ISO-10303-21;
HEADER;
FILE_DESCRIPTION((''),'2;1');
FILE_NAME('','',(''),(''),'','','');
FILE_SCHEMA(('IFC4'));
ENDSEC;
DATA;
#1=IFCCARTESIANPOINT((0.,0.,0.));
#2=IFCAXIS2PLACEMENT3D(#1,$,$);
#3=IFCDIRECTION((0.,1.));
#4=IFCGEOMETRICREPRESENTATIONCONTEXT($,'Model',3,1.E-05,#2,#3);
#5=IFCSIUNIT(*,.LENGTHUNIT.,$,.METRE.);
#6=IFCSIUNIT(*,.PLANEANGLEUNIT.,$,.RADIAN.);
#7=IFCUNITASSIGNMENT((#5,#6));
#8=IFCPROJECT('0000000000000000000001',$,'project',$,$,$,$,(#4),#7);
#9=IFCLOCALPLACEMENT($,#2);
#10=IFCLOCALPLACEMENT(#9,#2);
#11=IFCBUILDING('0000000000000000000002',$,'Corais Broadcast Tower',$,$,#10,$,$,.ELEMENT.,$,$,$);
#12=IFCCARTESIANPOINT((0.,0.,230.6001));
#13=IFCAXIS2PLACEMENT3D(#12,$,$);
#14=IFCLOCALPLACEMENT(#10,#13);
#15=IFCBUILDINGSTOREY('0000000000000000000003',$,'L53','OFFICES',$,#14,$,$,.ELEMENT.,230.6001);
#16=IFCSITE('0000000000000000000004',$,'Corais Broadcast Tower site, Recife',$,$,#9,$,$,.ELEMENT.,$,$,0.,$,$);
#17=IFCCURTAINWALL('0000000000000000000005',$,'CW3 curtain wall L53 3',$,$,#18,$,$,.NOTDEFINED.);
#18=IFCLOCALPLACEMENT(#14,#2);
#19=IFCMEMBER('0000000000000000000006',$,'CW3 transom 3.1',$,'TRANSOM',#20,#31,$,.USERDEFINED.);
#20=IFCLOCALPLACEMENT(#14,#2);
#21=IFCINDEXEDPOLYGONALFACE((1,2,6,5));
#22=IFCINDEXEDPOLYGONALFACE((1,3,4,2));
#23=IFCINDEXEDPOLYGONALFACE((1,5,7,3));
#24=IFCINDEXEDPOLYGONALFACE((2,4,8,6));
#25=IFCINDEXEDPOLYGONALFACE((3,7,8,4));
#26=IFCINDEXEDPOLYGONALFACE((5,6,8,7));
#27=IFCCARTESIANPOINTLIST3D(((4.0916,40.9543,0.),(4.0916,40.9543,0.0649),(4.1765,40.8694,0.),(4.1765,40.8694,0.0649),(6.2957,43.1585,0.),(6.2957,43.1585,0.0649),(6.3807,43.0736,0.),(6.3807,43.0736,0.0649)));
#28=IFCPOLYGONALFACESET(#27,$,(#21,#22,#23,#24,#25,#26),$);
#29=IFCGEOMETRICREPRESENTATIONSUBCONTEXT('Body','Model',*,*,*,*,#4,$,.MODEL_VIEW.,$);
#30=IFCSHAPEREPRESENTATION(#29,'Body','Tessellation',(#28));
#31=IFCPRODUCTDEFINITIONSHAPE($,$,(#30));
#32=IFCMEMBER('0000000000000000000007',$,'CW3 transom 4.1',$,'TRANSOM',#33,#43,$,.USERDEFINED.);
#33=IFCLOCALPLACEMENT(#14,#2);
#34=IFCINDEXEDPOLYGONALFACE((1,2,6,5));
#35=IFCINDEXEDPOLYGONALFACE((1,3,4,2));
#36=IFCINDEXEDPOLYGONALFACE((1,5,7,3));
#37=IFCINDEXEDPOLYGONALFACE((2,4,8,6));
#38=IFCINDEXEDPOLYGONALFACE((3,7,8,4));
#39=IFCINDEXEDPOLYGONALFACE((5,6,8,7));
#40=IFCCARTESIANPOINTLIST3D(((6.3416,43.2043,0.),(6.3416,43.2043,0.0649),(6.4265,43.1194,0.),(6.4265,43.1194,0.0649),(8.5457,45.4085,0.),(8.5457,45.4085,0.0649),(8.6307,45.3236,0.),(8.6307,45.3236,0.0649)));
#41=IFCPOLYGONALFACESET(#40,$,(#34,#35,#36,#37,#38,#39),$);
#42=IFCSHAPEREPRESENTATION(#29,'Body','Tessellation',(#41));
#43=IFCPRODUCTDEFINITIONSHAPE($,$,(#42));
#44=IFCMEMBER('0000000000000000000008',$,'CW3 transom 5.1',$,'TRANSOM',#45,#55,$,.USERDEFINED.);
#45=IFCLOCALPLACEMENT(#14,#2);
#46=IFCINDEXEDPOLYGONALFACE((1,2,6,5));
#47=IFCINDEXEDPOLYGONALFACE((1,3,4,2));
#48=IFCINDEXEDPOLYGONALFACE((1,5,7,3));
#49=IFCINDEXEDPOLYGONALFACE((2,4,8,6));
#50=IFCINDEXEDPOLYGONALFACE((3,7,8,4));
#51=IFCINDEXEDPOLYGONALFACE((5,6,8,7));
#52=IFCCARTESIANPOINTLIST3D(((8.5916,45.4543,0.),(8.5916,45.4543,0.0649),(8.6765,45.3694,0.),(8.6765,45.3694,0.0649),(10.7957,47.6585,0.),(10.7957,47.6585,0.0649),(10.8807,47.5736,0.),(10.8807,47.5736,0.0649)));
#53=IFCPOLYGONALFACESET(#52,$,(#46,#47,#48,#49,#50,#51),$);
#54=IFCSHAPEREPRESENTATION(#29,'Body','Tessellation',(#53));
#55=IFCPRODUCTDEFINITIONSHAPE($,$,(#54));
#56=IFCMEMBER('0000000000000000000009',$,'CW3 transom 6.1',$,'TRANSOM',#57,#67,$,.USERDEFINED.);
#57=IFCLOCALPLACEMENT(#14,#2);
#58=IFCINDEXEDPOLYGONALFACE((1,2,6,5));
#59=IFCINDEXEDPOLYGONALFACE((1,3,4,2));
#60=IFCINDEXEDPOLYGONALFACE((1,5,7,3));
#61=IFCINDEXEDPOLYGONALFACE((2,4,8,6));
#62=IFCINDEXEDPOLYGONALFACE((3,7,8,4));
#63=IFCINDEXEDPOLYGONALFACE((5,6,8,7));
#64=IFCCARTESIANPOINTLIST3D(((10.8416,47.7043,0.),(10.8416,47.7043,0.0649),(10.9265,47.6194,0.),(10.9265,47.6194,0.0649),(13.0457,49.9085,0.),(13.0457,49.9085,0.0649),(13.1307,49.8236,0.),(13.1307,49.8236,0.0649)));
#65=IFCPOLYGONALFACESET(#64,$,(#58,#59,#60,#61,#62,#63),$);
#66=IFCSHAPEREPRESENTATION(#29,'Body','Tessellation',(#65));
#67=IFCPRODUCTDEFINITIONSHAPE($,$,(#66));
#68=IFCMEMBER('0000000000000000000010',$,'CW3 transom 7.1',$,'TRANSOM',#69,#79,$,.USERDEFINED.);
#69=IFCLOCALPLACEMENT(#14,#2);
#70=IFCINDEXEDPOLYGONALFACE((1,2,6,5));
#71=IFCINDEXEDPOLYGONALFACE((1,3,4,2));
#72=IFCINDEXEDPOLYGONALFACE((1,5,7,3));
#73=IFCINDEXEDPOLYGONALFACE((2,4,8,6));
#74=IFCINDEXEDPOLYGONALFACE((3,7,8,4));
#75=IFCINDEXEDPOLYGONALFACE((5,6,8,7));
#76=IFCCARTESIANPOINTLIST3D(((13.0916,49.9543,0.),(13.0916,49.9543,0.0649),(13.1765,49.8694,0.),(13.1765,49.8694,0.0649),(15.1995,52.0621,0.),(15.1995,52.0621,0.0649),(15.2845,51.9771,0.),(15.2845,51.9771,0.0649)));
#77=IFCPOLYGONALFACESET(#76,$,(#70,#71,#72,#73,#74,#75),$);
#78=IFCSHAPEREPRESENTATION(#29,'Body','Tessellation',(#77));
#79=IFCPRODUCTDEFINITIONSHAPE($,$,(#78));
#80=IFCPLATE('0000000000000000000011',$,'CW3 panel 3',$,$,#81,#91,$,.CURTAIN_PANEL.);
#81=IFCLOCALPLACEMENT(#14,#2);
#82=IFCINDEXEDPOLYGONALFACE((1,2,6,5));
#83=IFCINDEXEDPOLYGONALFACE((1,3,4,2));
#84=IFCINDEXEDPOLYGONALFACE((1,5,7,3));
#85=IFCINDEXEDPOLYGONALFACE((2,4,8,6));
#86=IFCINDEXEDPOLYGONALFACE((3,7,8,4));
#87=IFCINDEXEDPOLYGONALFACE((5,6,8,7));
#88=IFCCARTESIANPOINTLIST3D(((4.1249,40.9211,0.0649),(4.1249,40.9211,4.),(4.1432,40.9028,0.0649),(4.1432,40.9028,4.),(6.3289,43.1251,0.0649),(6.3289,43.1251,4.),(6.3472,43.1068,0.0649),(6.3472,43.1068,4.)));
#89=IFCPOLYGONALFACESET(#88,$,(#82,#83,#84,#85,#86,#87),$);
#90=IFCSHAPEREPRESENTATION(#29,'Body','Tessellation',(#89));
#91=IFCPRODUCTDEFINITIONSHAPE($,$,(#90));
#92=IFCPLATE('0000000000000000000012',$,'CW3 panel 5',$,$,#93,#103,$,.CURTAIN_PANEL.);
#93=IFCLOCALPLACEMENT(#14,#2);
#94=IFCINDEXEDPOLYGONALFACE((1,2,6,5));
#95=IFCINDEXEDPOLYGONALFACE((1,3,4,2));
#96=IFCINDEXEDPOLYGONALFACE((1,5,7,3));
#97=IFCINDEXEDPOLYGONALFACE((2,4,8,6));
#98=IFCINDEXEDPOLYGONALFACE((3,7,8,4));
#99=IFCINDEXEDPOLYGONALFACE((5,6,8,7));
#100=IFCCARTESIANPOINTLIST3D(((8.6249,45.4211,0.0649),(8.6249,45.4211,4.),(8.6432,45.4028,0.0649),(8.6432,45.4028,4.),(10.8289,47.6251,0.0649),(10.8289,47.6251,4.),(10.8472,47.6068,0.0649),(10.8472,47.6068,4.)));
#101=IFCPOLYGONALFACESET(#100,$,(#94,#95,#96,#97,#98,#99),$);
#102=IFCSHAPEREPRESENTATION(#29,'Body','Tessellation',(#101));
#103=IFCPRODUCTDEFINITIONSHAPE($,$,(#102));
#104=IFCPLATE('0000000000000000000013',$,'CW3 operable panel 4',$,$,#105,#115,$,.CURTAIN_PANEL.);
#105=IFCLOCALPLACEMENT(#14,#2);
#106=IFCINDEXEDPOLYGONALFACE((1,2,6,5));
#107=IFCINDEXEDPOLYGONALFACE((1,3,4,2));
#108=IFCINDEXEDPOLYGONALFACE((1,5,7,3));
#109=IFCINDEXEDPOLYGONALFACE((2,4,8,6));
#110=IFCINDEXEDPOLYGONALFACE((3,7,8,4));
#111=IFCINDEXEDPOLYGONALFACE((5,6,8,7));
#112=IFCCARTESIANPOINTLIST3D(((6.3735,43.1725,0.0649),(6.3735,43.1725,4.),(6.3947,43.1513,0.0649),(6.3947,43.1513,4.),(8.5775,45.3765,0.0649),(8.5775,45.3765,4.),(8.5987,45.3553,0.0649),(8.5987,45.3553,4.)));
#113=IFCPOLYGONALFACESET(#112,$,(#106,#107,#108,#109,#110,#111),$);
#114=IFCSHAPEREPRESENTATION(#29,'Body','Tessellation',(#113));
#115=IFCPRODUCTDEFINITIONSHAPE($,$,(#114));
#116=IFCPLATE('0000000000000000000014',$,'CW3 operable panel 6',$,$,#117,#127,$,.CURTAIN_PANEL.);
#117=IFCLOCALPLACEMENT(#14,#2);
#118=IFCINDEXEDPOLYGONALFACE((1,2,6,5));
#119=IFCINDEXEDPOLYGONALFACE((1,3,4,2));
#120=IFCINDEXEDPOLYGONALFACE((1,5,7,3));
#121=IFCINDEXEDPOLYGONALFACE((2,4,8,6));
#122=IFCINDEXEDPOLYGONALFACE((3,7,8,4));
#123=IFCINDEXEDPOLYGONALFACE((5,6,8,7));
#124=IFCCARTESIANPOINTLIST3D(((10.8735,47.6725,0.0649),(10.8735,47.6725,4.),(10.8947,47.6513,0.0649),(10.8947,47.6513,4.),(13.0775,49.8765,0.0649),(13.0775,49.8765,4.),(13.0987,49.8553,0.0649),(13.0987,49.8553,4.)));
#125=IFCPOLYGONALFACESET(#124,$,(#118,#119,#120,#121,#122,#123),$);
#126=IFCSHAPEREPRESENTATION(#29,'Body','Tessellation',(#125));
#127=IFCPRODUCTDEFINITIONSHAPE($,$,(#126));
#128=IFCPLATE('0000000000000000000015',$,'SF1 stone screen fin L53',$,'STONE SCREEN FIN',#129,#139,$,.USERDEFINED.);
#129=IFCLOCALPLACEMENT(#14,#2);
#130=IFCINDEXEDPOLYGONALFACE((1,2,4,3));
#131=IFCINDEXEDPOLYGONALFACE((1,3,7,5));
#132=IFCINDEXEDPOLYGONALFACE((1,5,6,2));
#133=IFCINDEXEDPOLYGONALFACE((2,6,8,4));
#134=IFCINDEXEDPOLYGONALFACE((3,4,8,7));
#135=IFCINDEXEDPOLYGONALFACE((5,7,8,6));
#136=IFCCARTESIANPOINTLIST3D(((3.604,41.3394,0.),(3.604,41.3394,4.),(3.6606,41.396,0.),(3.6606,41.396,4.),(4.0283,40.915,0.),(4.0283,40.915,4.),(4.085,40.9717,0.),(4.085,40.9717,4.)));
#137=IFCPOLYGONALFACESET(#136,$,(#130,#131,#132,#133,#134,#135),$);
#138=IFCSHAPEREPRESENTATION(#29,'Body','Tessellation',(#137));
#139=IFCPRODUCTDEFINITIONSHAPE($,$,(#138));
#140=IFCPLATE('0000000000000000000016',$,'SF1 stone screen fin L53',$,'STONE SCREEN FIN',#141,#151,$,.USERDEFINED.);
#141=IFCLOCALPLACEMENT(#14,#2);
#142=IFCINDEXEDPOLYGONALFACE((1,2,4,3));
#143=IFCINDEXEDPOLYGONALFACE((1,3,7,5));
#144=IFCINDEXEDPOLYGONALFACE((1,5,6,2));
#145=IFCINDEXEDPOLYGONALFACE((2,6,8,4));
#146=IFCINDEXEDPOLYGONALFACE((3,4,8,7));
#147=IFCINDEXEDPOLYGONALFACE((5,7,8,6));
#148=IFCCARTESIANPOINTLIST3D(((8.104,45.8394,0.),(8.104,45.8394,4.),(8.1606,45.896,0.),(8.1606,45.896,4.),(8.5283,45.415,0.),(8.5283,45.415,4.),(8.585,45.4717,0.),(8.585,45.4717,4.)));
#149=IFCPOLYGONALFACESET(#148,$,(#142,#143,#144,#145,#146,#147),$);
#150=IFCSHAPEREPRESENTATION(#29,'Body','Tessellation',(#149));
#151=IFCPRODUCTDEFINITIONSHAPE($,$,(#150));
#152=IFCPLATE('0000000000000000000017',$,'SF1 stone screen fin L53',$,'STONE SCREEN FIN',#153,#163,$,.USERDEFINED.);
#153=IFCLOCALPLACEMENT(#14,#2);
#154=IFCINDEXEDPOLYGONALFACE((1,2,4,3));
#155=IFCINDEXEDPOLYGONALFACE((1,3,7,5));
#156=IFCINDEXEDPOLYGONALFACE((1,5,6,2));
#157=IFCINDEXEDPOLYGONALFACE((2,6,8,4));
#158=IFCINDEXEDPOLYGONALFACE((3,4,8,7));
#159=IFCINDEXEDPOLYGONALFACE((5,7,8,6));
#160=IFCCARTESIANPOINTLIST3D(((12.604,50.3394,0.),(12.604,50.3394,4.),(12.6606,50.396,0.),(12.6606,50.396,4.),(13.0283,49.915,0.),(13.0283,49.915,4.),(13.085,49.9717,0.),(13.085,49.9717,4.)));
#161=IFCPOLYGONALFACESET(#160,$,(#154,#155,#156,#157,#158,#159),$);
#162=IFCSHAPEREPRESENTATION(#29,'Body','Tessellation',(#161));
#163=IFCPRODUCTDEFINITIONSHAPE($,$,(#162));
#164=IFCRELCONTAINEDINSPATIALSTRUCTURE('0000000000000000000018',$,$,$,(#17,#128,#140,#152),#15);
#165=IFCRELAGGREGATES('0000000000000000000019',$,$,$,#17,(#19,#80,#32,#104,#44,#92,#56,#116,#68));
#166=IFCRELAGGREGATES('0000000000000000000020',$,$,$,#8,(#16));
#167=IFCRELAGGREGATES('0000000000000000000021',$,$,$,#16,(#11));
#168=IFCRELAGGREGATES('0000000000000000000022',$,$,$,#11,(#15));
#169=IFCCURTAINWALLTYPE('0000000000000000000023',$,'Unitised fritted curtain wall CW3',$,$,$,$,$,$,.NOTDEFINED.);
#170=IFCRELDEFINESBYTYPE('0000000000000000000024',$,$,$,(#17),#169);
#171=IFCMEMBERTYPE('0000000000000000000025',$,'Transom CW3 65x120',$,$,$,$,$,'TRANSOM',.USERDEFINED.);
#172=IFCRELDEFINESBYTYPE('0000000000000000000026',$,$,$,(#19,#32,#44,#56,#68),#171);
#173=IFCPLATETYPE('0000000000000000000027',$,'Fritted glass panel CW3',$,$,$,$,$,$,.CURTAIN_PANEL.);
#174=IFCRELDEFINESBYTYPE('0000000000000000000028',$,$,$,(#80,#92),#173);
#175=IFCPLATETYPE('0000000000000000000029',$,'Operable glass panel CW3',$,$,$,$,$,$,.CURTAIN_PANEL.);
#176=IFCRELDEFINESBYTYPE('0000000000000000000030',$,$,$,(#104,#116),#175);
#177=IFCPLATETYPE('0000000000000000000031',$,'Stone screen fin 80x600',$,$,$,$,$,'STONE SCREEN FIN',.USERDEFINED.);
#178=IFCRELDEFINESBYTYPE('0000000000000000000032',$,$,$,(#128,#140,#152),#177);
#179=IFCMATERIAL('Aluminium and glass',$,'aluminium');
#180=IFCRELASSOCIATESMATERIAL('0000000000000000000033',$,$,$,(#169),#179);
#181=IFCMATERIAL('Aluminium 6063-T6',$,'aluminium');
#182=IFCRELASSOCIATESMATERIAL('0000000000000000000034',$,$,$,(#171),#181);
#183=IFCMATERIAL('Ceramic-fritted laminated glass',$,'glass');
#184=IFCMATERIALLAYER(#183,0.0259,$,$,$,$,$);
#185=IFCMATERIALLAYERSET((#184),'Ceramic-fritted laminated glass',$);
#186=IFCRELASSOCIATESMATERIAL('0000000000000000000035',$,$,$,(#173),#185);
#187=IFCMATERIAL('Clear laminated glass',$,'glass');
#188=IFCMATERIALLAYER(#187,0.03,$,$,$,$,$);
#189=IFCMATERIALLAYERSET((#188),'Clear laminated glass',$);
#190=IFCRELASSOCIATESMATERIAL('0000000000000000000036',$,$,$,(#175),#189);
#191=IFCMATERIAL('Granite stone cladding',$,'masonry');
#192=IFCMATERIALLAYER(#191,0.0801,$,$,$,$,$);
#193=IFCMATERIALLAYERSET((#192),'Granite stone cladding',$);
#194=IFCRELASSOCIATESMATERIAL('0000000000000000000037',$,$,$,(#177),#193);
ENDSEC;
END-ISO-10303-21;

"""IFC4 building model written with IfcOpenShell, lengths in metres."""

from ifc_helpers import new_model, si_unit, direction, frame, origin, origin_2d, place, context, subcontext, project, spatial, rectangle, extrude, material, layer, layer_set, material_profile, profile_set, type_object, element, aggregate, save


model = new_model("IFC4")

# Units and contexts
model_context = context("Model", 3, precision=1e-05, world=origin(), true_north=direction((0.0, 1.0)))
body_context = subcontext(model_context, "Body", "Model", "MODEL_VIEW")
ifc_project = project(units=[si_unit("LENGTHUNIT", "METRE"), si_unit("PLANEANGLEUNIT", "RADIAN")], contexts=[model_context])

# Site, building, storey
site_placement = place(None, origin())
site = spatial("IfcSite", under=ifc_project, at=site_placement, Name="Corais Broadcast Tower site, Recife", CompositionType="ELEMENT", RefElevation=0.0)
building_placement = place(site_placement, origin())
building = spatial("IfcBuilding", under=site, at=building_placement, Name="Corais Broadcast Tower", CompositionType="ELEMENT")
storey_placement = place(building_placement, frame((0.0, 0.0, 230.6001)))
storey = spatial("IfcBuildingStorey", under=building, at=storey_placement, Name="L53", Description="OFFICES", CompositionType="ELEMENT", Elevation=230.6001)

# Curtain wall
ifc_material_1 = material(Name="Aluminium and glass", Category="aluminium")
curtain_wall_type = type_object("IfcCurtainWallType", Name="Unitised fritted curtain wall CW3", PredefinedType="NOTDEFINED", material=ifc_material_1)
curtain_wall_placement = place(storey_placement, origin())
curtain_wall = element("IfcCurtainWall", 1, at=curtain_wall_placement, inside=storey, type_object=curtain_wall_type, Name="CW3 curtain wall L53 3", PredefinedType="NOTDEFINED")

# Members
ifc_material_2 = material(Name="Aluminium 6063-T6", Category="aluminium")
ifc_material_profile_1 = material_profile(ifc_material_2, rectangle(XDim=0.1201, YDim=0.0649, at=origin_2d()), Name="Transom CW3 65x120")
ifc_profile_set_1 = profile_set([ifc_material_profile_1], Name="Aluminium 6063-T6")
member_type_1 = type_object("IfcMemberType", Name="Transom CW3 65x120", ElementType="TRANSOM", PredefinedType="USERDEFINED", material=ifc_profile_set_1)
member_1_placement = place(storey_placement, frame((4.134, 40.9119, 0.0325), z_axis=(0.707107, 0.707107, 0.0), x_axis=(-0.707107, 0.707107, 0.0)))
member_1 = element("IfcMember", 2, at=member_1_placement, type_object=member_type_1, Name="CW3 transom 3.1", ObjectType="TRANSOM", PredefinedType="USERDEFINED", context=body_context, shape_type="SweptSolid", body=[
    extrude(rectangle(XDim=0.1201, YDim=0.0649, at=origin_2d()), origin(), (0.0, 0.0, 1.0), 3.1172),
])
member_2_placement = place(storey_placement, frame((6.384, 43.1619, 0.0325), z_axis=(0.707107, 0.707107, 0.0), x_axis=(-0.707107, 0.707107, 0.0)))
member_2 = element("IfcMember", 3, at=member_2_placement, type_object=member_type_1, Name="CW3 transom 4.1", ObjectType="TRANSOM", PredefinedType="USERDEFINED", context=body_context, shape_type="SweptSolid", body=[
    extrude(rectangle(XDim=0.1201, YDim=0.0649, at=origin_2d()), origin(), (0.0, 0.0, 1.0), 3.1172),
])
member_3_placement = place(storey_placement, frame((8.634, 45.4119, 0.0325), z_axis=(0.707107, 0.707107, 0.0), x_axis=(-0.707107, 0.707107, 0.0)))
member_3 = element("IfcMember", 4, at=member_3_placement, type_object=member_type_1, Name="CW3 transom 5.1", ObjectType="TRANSOM", PredefinedType="USERDEFINED", context=body_context, shape_type="SweptSolid", body=[
    extrude(rectangle(XDim=0.1201, YDim=0.0649, at=origin_2d()), origin(), (0.0, 0.0, 1.0), 3.1172),
])
member_4_placement = place(storey_placement, frame((10.884, 47.6619, 0.0325), z_axis=(0.707107, 0.707107, 0.0), x_axis=(-0.707107, 0.707107, 0.0)))
member_4 = element("IfcMember", 5, at=member_4_placement, type_object=member_type_1, Name="CW3 transom 6.1", ObjectType="TRANSOM", PredefinedType="USERDEFINED", context=body_context, shape_type="SweptSolid", body=[
    extrude(rectangle(XDim=0.1201, YDim=0.0649, at=origin_2d()), origin(), (0.0, 0.0, 1.0), 3.1172),
])
member_5_placement = place(storey_placement, frame((13.134, 49.9119, 0.0325), z_axis=(0.707148, 0.707066, 0.0), x_axis=(-0.707066, 0.707148, 0.0)))
member_5 = element("IfcMember", 6, at=member_5_placement, type_object=member_type_1, Name="CW3 transom 7.1", ObjectType="TRANSOM", PredefinedType="USERDEFINED", context=body_context, shape_type="SweptSolid", body=[
    extrude(rectangle(XDim=0.1201, YDim=0.0649, at=origin_2d()), origin(), (0.0, 0.0, 1.0), 2.981),
])

# Plates
ifc_material_3 = material(Name="Ceramic-fritted laminated glass", Category="glass")
ifc_layer_1 = layer(ifc_material_3, 0.0259)
ifc_layer_set_1 = layer_set([ifc_layer_1], Name="Ceramic-fritted laminated glass")
plate_type_1 = type_object("IfcPlateType", Name="Fritted glass panel CW3", PredefinedType="CURTAIN_PANEL", material=ifc_layer_set_1)
plate_1_placement = place(storey_placement, frame((5.2361, 42.0139, 0.0649), z_axis=(0.0, 0.0, 1.0), x_axis=(0.707107, 0.707107, 0.0)))
plate_1 = element("IfcPlate", 7, at=plate_1_placement, type_object=plate_type_1, Name="CW3 panel 3", PredefinedType="CURTAIN_PANEL", context=body_context, shape_type="SweptSolid", body=[
    extrude(rectangle(XDim=3.1169, YDim=0.0259, at=origin_2d()), origin(), (0.0, 0.0, 1.0), 3.9351),
])
plate_2_placement = place(storey_placement, frame((9.7361, 46.5139, 0.0649), z_axis=(0.0, 0.0, 1.0), x_axis=(0.707107, 0.707107, 0.0)))
plate_2 = element("IfcPlate", 8, at=plate_2_placement, type_object=plate_type_1, Name="CW3 panel 5", PredefinedType="CURTAIN_PANEL", context=body_context, shape_type="SweptSolid", body=[
    extrude(rectangle(XDim=3.1169, YDim=0.0259, at=origin_2d()), origin(), (0.0, 0.0, 1.0), 3.9351),
])
ifc_material_4 = material(Name="Clear laminated glass", Category="glass")
ifc_layer_2 = layer(ifc_material_4, 0.03)
ifc_layer_set_2 = layer_set([ifc_layer_2], Name="Clear laminated glass")
plate_type_2 = type_object("IfcPlateType", Name="Operable glass panel CW3", PredefinedType="CURTAIN_PANEL", material=ifc_layer_set_2)
plate_3_placement = place(storey_placement, frame((7.4861, 44.2639, 0.0649), z_axis=(0.0, 0.0, 1.0), x_axis=(0.707107, 0.707107, 0.0)))
plate_3 = element("IfcPlate", 9, at=plate_3_placement, type_object=plate_type_2, Name="CW3 operable panel 4", PredefinedType="CURTAIN_PANEL", context=body_context, shape_type="SweptSolid", body=[
    extrude(rectangle(XDim=3.1169, YDim=0.03, at=origin_2d()), origin(), (0.0, 0.0, 1.0), 3.9351),
])
plate_4_placement = place(storey_placement, frame((11.9861, 48.7639, 0.0649), z_axis=(0.0, 0.0, 1.0), x_axis=(0.707107, 0.707107, 0.0)))
plate_4 = element("IfcPlate", 10, at=plate_4_placement, type_object=plate_type_2, Name="CW3 operable panel 6", PredefinedType="CURTAIN_PANEL", context=body_context, shape_type="SweptSolid", body=[
    extrude(rectangle(XDim=3.1169, YDim=0.03, at=origin_2d()), origin(), (0.0, 0.0, 1.0), 3.9351),
])
aggregate(curtain_wall, [member_1, plate_1, member_2, plate_3, member_3, plate_2, member_4, plate_4, member_5])

# Plates
ifc_material_5 = material(Name="Granite stone cladding", Category="masonry")
ifc_layer_3 = layer(ifc_material_5, 0.0801)
ifc_layer_set_3 = layer_set([ifc_layer_3], Name="Granite stone cladding")
plate_type_3 = type_object("IfcPlateType", Name="Stone screen fin 80x600", ElementType="STONE SCREEN FIN", PredefinedType="USERDEFINED", material=ifc_layer_set_3)
for number, where, z_axis, x_axis, name in (
    (11, (3.8445, 41.1555, 0.0), (0.0, 0.0, 1.0), (0.707107, 0.707107, 0.0), "SF1 stone screen fin L53"),
    (12, (8.3445, 45.6555, 0.0), (0.0, 0.0, 1.0), (0.707107, 0.707107, 0.0), "SF1 stone screen fin L53"),
    (13, (12.8445, 50.1555, 0.0), (0.0, 0.0, 1.0), (0.707107, 0.707107, 0.0), "SF1 stone screen fin L53"),
):
    element("IfcPlate", number, at=place(storey_placement, frame(where, z_axis=z_axis, x_axis=x_axis)), inside=storey, type_object=plate_type_3, Name=name, ObjectType="STONE SCREEN FIN", PredefinedType="USERDEFINED", context=body_context, shape_type="SweptSolid", body=[
        extrude(rectangle(XDim=0.0801, YDim=0.6001, at=origin_2d()), origin(), (0.0, 0.0, 1.0), 4.0),
    ])

save(model, "model.ifc")
